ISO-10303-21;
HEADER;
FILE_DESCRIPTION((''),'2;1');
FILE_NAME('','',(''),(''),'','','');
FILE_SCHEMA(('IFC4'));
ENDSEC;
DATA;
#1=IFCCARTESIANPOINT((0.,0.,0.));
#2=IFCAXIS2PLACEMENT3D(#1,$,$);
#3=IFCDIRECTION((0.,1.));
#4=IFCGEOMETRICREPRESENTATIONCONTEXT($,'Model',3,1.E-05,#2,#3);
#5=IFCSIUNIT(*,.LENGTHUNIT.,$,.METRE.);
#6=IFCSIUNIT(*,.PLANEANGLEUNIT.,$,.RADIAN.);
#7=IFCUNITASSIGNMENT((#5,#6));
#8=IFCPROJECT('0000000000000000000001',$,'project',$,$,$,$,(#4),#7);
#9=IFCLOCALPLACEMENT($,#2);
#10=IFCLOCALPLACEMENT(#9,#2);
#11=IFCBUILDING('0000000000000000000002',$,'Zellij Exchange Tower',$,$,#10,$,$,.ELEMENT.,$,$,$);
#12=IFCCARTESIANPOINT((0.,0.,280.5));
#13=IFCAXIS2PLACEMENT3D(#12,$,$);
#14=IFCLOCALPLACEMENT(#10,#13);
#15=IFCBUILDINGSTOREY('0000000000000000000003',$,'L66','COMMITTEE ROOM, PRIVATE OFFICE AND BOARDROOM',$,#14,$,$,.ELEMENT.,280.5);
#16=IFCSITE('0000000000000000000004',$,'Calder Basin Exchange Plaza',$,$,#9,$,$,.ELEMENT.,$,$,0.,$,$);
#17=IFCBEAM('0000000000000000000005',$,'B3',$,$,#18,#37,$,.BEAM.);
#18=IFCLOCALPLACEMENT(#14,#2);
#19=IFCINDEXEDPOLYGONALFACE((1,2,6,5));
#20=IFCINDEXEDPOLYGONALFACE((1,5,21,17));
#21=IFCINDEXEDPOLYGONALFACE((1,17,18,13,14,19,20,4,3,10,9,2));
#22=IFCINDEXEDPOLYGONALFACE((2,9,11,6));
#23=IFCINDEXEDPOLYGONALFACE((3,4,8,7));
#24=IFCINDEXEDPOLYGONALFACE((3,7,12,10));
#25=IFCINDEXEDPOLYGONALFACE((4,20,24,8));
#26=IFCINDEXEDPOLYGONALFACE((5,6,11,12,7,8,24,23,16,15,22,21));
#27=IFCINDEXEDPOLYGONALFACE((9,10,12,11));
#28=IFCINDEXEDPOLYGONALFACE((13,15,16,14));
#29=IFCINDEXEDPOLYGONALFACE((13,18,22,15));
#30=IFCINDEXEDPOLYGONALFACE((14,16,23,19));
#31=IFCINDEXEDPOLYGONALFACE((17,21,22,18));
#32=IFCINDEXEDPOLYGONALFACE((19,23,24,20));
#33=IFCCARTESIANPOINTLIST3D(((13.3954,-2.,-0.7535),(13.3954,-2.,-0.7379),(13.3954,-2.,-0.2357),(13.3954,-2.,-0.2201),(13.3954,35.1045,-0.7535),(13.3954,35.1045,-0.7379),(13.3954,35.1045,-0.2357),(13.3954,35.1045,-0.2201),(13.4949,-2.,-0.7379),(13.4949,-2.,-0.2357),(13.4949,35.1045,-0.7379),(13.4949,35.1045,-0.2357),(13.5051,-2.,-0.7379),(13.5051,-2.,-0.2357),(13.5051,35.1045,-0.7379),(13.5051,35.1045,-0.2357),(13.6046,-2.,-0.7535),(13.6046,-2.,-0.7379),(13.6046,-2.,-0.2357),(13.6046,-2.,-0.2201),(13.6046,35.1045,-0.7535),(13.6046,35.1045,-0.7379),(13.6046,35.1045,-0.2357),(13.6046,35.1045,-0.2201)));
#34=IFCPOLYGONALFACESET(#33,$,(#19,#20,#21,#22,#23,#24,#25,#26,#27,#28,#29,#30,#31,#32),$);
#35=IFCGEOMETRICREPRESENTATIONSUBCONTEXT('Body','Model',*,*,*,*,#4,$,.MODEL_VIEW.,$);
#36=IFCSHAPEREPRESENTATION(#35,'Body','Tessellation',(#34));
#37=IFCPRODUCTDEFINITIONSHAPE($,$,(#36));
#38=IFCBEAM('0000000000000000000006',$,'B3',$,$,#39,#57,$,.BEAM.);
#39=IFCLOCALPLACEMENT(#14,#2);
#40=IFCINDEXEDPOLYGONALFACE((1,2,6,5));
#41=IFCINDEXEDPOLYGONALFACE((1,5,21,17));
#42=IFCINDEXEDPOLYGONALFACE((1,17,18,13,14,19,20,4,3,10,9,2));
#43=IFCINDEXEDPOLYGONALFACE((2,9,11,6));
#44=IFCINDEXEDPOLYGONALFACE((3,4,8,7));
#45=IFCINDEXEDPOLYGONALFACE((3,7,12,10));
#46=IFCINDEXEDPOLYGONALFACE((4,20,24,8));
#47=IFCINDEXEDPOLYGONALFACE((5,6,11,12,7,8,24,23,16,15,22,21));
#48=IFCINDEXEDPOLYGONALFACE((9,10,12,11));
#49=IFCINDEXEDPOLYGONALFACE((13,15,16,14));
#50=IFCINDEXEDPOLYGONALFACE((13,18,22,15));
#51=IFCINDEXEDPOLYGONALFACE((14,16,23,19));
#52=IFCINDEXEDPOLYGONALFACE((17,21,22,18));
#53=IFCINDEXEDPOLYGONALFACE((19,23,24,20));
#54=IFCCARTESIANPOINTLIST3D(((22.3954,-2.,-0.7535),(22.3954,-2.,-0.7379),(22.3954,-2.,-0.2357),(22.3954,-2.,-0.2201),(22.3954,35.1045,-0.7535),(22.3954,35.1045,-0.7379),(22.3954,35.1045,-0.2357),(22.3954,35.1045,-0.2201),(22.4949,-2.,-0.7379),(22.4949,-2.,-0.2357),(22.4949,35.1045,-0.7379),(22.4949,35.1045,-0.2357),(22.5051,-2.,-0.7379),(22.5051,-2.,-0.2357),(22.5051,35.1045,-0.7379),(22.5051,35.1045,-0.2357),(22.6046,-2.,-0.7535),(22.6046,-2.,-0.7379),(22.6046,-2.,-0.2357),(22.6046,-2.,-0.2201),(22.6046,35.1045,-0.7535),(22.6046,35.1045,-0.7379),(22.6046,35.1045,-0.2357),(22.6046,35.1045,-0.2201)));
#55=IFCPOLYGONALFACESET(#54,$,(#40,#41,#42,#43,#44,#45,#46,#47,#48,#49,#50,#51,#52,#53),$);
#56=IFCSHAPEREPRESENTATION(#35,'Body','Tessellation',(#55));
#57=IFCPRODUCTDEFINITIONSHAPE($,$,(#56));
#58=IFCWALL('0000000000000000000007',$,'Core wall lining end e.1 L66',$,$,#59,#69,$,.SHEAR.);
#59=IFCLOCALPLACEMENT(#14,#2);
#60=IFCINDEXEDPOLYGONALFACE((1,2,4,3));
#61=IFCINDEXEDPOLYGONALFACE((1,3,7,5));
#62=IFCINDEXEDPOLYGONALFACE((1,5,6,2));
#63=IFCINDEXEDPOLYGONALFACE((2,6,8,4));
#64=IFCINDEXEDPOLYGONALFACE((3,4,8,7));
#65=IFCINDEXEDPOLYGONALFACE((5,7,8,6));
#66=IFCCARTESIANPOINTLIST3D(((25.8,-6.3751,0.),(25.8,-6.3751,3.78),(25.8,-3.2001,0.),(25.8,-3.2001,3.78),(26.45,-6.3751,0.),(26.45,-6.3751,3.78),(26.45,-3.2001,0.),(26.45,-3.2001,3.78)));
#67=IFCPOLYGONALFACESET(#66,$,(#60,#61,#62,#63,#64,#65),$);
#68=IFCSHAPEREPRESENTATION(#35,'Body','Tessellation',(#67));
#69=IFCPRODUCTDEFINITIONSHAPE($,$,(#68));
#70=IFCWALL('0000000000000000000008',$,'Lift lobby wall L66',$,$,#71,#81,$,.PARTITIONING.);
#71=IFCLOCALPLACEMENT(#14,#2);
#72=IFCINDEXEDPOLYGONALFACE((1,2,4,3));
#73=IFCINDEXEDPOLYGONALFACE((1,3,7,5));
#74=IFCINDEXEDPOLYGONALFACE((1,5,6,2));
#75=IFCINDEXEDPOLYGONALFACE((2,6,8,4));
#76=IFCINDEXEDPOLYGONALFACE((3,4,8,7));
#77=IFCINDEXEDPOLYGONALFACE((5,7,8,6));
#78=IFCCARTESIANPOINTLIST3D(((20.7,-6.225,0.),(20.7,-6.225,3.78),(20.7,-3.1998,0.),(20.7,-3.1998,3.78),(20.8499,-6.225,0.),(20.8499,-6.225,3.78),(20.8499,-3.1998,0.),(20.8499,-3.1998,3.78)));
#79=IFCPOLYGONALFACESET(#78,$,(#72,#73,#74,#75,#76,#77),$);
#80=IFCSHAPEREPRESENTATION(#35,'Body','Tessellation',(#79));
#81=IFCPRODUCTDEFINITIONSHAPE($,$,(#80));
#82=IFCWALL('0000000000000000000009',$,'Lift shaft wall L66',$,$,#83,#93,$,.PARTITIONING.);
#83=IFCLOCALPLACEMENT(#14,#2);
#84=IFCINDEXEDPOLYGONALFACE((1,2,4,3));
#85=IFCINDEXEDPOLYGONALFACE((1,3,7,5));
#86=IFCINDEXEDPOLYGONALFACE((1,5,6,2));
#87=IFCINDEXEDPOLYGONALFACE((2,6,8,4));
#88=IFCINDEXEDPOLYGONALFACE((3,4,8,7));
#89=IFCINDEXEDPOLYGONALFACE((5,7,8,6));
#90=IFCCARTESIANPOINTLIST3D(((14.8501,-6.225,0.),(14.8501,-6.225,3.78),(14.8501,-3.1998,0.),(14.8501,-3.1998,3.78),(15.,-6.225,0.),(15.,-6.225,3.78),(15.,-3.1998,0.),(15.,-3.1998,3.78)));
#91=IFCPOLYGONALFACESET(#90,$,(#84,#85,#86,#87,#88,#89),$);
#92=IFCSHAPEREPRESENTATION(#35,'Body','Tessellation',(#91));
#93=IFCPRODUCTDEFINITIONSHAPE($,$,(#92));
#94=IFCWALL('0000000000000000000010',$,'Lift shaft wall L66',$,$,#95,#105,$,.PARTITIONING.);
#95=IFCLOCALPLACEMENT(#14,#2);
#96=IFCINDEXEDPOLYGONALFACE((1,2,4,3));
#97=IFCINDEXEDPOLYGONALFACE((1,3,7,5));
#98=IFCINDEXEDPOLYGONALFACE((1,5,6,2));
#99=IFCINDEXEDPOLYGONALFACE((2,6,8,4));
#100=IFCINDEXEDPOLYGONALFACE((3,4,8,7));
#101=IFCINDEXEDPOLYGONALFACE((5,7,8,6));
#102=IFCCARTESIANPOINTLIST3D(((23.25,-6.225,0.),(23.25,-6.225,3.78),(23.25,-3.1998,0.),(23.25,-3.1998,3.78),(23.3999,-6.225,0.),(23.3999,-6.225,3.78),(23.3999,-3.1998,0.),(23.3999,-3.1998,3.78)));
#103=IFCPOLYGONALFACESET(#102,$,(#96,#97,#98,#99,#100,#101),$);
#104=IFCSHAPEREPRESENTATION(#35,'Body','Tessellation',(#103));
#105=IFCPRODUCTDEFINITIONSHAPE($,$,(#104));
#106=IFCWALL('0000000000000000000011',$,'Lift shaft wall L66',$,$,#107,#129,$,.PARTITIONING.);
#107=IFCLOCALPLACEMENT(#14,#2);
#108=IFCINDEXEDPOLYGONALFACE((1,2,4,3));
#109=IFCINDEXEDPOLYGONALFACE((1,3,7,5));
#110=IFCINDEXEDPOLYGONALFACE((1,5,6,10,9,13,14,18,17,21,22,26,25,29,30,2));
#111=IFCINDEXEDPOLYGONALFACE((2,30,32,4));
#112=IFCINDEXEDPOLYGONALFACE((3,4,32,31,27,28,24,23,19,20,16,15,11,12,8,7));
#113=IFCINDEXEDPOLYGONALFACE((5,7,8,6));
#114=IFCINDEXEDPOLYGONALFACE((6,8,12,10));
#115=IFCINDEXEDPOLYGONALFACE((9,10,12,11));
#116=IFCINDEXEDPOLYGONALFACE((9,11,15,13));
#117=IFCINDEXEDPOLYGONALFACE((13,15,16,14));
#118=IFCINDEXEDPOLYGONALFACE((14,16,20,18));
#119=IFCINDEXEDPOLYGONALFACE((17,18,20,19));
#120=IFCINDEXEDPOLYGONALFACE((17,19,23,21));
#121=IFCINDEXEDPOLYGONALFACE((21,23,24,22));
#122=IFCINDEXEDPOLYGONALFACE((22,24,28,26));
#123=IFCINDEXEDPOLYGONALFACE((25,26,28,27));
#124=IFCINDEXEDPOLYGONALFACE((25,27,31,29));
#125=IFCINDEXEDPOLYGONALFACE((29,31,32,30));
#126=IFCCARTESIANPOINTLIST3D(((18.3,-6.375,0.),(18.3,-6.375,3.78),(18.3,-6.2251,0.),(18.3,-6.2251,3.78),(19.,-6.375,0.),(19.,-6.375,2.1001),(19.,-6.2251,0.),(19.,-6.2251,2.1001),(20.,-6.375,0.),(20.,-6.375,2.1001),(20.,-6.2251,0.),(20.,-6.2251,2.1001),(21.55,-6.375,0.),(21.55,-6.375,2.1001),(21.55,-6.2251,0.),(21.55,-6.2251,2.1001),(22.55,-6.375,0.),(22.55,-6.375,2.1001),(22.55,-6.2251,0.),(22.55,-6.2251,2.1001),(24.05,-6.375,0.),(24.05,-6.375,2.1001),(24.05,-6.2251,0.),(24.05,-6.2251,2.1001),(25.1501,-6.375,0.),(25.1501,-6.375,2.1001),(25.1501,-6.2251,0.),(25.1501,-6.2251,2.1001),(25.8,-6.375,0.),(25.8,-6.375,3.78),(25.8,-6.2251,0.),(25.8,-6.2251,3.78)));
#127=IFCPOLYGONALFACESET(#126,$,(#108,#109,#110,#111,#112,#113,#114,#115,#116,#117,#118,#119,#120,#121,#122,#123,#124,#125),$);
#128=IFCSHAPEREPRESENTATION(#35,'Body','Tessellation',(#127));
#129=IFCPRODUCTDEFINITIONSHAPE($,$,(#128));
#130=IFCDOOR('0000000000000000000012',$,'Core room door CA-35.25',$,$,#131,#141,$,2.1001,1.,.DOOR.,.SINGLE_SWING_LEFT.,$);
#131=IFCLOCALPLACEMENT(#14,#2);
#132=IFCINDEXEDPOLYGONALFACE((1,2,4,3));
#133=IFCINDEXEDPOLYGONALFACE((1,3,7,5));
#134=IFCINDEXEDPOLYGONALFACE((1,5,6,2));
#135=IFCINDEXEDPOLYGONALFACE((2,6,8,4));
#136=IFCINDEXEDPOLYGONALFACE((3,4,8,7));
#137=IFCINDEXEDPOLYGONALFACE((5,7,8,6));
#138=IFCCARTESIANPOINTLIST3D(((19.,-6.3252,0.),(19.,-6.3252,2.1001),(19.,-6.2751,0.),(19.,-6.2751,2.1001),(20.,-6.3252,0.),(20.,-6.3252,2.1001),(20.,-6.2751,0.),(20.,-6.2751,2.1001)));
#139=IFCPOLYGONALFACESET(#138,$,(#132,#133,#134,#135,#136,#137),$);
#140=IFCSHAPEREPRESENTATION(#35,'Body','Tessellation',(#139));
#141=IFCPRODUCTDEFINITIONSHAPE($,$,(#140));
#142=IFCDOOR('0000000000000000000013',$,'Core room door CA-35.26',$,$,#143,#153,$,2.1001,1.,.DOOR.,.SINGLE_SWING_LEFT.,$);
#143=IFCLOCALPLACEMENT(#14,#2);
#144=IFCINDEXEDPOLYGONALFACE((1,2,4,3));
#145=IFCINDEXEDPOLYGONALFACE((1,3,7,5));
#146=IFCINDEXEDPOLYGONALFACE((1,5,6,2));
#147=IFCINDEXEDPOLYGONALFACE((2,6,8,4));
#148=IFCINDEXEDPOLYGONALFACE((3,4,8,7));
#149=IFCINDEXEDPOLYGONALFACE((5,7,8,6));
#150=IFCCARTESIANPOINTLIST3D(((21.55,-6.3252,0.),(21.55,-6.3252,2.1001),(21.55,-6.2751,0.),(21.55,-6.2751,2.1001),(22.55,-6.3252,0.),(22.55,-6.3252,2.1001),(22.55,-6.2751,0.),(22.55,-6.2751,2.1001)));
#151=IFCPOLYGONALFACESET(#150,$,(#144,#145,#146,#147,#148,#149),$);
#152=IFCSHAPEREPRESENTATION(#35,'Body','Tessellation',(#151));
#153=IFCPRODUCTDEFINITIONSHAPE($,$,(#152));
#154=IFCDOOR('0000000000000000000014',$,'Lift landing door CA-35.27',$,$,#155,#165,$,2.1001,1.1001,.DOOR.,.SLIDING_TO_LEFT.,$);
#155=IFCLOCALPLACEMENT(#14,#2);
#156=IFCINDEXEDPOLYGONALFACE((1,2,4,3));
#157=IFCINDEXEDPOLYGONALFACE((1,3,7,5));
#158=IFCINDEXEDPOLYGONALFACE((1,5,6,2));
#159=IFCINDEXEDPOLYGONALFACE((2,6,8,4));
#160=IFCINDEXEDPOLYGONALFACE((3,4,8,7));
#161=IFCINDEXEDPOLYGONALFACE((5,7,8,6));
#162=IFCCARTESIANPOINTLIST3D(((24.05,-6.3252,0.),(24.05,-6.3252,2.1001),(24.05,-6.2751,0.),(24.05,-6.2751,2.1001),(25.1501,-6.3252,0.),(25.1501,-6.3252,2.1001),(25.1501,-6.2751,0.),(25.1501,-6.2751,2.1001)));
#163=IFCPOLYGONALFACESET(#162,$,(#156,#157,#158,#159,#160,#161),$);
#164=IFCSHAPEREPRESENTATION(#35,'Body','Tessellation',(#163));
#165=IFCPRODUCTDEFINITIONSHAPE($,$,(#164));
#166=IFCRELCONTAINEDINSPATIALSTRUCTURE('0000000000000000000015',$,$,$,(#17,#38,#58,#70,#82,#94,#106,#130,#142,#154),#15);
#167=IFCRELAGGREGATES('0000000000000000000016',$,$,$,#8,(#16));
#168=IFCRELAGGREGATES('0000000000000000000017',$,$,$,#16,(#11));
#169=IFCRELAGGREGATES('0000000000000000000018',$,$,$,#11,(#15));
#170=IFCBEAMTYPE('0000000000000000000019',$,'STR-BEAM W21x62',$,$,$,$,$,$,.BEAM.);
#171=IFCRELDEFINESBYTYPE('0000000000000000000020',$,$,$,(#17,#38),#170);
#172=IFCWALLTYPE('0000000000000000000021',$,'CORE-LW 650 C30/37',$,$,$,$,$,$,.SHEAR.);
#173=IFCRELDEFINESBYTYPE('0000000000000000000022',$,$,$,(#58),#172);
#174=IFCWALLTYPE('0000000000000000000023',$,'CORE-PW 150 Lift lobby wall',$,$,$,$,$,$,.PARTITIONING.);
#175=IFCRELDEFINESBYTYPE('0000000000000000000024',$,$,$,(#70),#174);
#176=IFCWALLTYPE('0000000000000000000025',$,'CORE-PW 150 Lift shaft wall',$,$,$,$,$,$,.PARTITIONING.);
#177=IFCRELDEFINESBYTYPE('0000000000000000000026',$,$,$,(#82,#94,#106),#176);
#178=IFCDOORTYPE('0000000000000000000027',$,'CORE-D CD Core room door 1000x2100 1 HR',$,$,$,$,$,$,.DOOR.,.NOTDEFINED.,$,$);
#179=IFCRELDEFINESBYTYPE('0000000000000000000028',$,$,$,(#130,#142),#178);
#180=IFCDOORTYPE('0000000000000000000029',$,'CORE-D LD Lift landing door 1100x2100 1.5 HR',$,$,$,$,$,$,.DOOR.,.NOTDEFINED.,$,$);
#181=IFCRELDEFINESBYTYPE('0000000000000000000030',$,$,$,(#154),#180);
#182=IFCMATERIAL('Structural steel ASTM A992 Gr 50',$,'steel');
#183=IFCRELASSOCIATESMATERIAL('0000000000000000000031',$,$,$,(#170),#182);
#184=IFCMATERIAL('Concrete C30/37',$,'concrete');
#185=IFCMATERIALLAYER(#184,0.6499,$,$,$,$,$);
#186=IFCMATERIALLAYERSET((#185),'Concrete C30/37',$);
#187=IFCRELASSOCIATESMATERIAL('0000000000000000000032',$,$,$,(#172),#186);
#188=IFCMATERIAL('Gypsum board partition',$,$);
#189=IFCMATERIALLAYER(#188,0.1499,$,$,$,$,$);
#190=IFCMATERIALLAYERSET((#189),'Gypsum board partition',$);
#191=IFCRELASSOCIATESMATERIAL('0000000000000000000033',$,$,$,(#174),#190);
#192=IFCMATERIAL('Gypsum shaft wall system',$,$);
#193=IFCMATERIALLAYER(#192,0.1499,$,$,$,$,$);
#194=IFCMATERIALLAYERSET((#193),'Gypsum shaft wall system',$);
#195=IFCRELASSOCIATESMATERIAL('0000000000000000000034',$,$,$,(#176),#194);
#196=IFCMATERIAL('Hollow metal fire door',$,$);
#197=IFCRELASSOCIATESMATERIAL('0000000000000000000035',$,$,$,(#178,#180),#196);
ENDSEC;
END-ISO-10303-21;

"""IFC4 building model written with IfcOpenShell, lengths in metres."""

from ifc_helpers import new_model, si_unit, direction, frame, frame_2d, origin, origin_2d, place, context, subcontext, project, spatial, rectangle, i_section, extrude, material, layer, layer_set, material_profile, profile_set, type_object, element, fill, save


model = new_model("IFC4")

# Units and contexts
model_context = context("Model", 3, precision=1e-05, world=origin(), true_north=direction((0.0, 1.0)))
body_context = subcontext(model_context, "Body", "Model", "MODEL_VIEW")
ifc_project = project(units=[si_unit("LENGTHUNIT", "METRE"), si_unit("PLANEANGLEUNIT", "RADIAN")], contexts=[model_context])

# Site, building, storey
site_placement = place(None, origin())
site = spatial("IfcSite", under=ifc_project, at=site_placement, Name="Calder Basin Exchange Plaza", CompositionType="ELEMENT", RefElevation=0.0)
building_placement = place(site_placement, origin())
building = spatial("IfcBuilding", under=site, at=building_placement, Name="Zellij Exchange Tower", CompositionType="ELEMENT")
storey_placement = place(building_placement, frame((0.0, 0.0, 280.5)))
storey = spatial("IfcBuildingStorey", under=building, at=storey_placement, Name="L66", Description="COMMITTEE ROOM, PRIVATE OFFICE AND BOARDROOM", CompositionType="ELEMENT", Elevation=280.5)

# Beams
ifc_material_1 = material(Name="Structural steel ASTM A992 Gr 50", Category="steel")
ifc_material_profile = material_profile(ifc_material_1, i_section(OverallWidth=0.2092, OverallDepth=0.5334, WebThickness=0.0103, FlangeThickness=0.0156, at=origin_2d()), Name="W21x62")
ifc_profile_set = profile_set([ifc_material_profile], Name="Structural steel ASTM A992 Gr 50")
beam_type = type_object("IfcBeamType", Name="STR-BEAM W21x62", PredefinedType="BEAM", material=ifc_profile_set)
for number, where, z_axis, x_axis, name in (
    (1, (13.5, -2.0, -0.4868), (0.0, 1.0, 0.0), (-1.0, 0.0, 0.0), "B3"),
    (2, (22.5, -2.0, -0.4868), (0.0, 1.0, 0.0), (-1.0, 0.0, 0.0), "B3"),
):
    element("IfcBeam", number, at=place(storey_placement, frame(where, z_axis=z_axis, x_axis=x_axis)), inside=storey, type_object=beam_type, Name=name, PredefinedType="BEAM", context=body_context, shape_type="SweptSolid", body=[
        extrude(i_section(OverallWidth=0.2092, OverallDepth=0.5334, WebThickness=0.0103, FlangeThickness=0.0156, at=origin_2d()), origin(), (0.0, 0.0, 1.0), 37.1045),
    ])

# Walls
ifc_material_2 = material(Name="Concrete C30/37", Category="concrete")
ifc_layer_1 = layer(ifc_material_2, 0.6499)
ifc_layer_set_1 = layer_set([ifc_layer_1], Name="Concrete C30/37")
wall_type_1 = type_object("IfcWallType", Name="CORE-LW 650 C30/37", PredefinedType="SHEAR", material=ifc_layer_set_1)
wall_1_placement = place(storey_placement, frame((26.125, -6.375, 0.0), z_axis=(0.0, 0.0, 1.0), x_axis=(0.0, 1.0, 0.0)))
element("IfcWall", 3, at=wall_1_placement, inside=storey, type_object=wall_type_1, Name="Core wall lining end e.1 L66", PredefinedType="SHEAR", context=body_context, shape_type="SweptSolid", body=[
    extrude(rectangle(XDim=3.175, YDim=0.6499, at=frame_2d((1.5874, 0.0))), origin(), (0.0, 0.0, 1.0), 3.78),
])
ifc_material_3 = material(Name="Gypsum board partition")
ifc_layer_2 = layer(ifc_material_3, 0.1499)
ifc_layer_set_2 = layer_set([ifc_layer_2], Name="Gypsum board partition")
wall_type_2 = type_object("IfcWallType", Name="CORE-PW 150 Lift lobby wall", PredefinedType="PARTITIONING", material=ifc_layer_set_2)
wall_2_placement = place(storey_placement, frame((20.7749, -6.2251, 0.0), z_axis=(0.0, 0.0, 1.0), x_axis=(0.0, 1.0, 0.0)))
element("IfcWall", 4, at=wall_2_placement, inside=storey, type_object=wall_type_2, Name="Lift lobby wall L66", PredefinedType="PARTITIONING", context=body_context, shape_type="SweptSolid", body=[
    extrude(rectangle(XDim=3.0251, YDim=0.1499, at=frame_2d((1.5127, 0.0))), origin(), (0.0, 0.0, 1.0), 3.78),
])
ifc_material_4 = material(Name="Gypsum shaft wall system")
ifc_layer_3 = layer(ifc_material_4, 0.1499)
ifc_layer_set_3 = layer_set([ifc_layer_3], Name="Gypsum shaft wall system")
wall_type_3 = type_object("IfcWallType", Name="CORE-PW 150 Lift shaft wall", PredefinedType="PARTITIONING", material=ifc_layer_set_3)
for number, where, z_axis, x_axis, name in (
    (5, (14.925, -6.2251, 0.0), (0.0, 0.0, 1.0), (0.0, 1.0, 0.0), "Lift shaft wall L66"),
    (6, (23.325, -6.2251, 0.0), (0.0, 0.0, 1.0), (0.0, 1.0, 0.0), "Lift shaft wall L66"),
):
    element("IfcWall", number, at=place(storey_placement, frame(where, z_axis=z_axis, x_axis=x_axis)), inside=storey, type_object=wall_type_3, Name=name, PredefinedType="PARTITIONING", context=body_context, shape_type="SweptSolid", body=[
        extrude(rectangle(XDim=3.0251, YDim=0.1499, at=frame_2d((1.5127, 0.0))), origin(), (0.0, 0.0, 1.0), 3.78),
    ])

# Wall, openings, doors
wall_3_placement = place(storey_placement, frame((18.3, -6.3, 0.0), z_axis=(0.0, 0.0, 1.0), x_axis=(1.0, 0.0, 0.0)))
wall_3 = element("IfcWall", 7, at=wall_3_placement, inside=storey, type_object=wall_type_3, Name="Lift shaft wall L66", PredefinedType="PARTITIONING", context=body_context, shape_type="SweptSolid", body=[
    extrude(rectangle(XDim=7.5, YDim=0.1499, at=frame_2d((3.75, 0.0))), origin(), (0.0, 0.0, 1.0), 3.78),
])
opening_1_placement = place(wall_3_placement, frame((0.7, 0.0, 0.0)))
opening_1 = element("IfcOpeningElement", 8, at=opening_1_placement, cuts=wall_3, PredefinedType="OPENING", context=body_context, shape_type="SweptSolid", body=[
    extrude(rectangle(XDim=1.0, YDim=2.1001, at=frame_2d((0.5, 1.05))), frame((0.0, 0.0869, 0.0), z_axis=(0.0, -1.0, 0.0), x_axis=(1.0, 0.0, 0.0)), (0.0, 0.0, 1.0), 0.1738),
])
opening_2_placement = place(wall_3_placement, frame((3.25, 0.0, 0.0)))
opening_2 = element("IfcOpeningElement", 9, at=opening_2_placement, cuts=wall_3, PredefinedType="OPENING", context=body_context, shape_type="SweptSolid", body=[
    extrude(rectangle(XDim=1.0, YDim=2.1001, at=frame_2d((0.5, 1.05))), frame((0.0, 0.0869, 0.0), z_axis=(0.0, -1.0, 0.0), x_axis=(1.0, 0.0, 0.0)), (0.0, 0.0, 1.0), 0.1738),
])
opening_3_placement = place(wall_3_placement, frame((5.75, 0.0, 0.0)))
opening_3 = element("IfcOpeningElement", 10, at=opening_3_placement, cuts=wall_3, PredefinedType="OPENING", context=body_context, shape_type="SweptSolid", body=[
    extrude(rectangle(XDim=1.1001, YDim=2.1001, at=frame_2d((0.55, 1.05))), frame((0.0, 0.0869, 0.0), z_axis=(0.0, -1.0, 0.0), x_axis=(1.0, 0.0, 0.0)), (0.0, 0.0, 1.0), 0.1738),
])
ifc_material_5 = material(Name="Hollow metal fire door")
door_type_1 = type_object("IfcDoorType", Name="CORE-D CD Core room door 1000x2100 1 HR", OperationType="NOTDEFINED", PredefinedType="DOOR", material=ifc_material_5)
door_1_placement = place(opening_1_placement, origin())
door_1 = element("IfcDoor", 11, at=door_1_placement, inside=storey, type_object=door_type_1, Name="Core room door CA-35.25", OperationType="SINGLE_SWING_LEFT", OverallHeight=2.1001, OverallWidth=1.0, PredefinedType="DOOR", context=body_context, shape_type="SweptSolid", body=[
    extrude(rectangle(XDim=1.0, YDim=2.1001, at=frame_2d((0.5, 1.05))), frame((0.0, 0.0249, 0.0), z_axis=(0.0, -1.0, 0.0), x_axis=(1.0, 0.0, 0.0)), (0.0, 0.0, 1.0), 0.05),
])
fill(opening_1, door_1)
door_2_placement = place(opening_2_placement, origin())
door_2 = element("IfcDoor", 12, at=door_2_placement, inside=storey, type_object=door_type_1, Name="Core room door CA-35.26", OperationType="SINGLE_SWING_LEFT", OverallHeight=2.1001, OverallWidth=1.0, PredefinedType="DOOR", context=body_context, shape_type="SweptSolid", body=[
    extrude(rectangle(XDim=1.0, YDim=2.1001, at=frame_2d((0.5, 1.05))), frame((0.0, 0.0249, 0.0), z_axis=(0.0, -1.0, 0.0), x_axis=(1.0, 0.0, 0.0)), (0.0, 0.0, 1.0), 0.05),
])
fill(opening_2, door_2)
door_type_2 = type_object("IfcDoorType", Name="CORE-D LD Lift landing door 1100x2100 1.5 HR", OperationType="NOTDEFINED", PredefinedType="DOOR", material=ifc_material_5)
door_3_placement = place(opening_3_placement, origin())
door_3 = element("IfcDoor", 13, at=door_3_placement, inside=storey, type_object=door_type_2, Name="Lift landing door CA-35.27", OperationType="SLIDING_TO_LEFT", OverallHeight=2.1001, OverallWidth=1.1001, PredefinedType="DOOR", context=body_context, shape_type="SweptSolid", body=[
    extrude(rectangle(XDim=1.1001, YDim=2.1001, at=frame_2d((0.55, 1.05))), frame((0.0, 0.0249, 0.0), z_axis=(0.0, -1.0, 0.0), x_axis=(1.0, 0.0, 0.0)), (0.0, 0.0, 1.0), 0.05),
])
fill(opening_3, door_3)

save(model, "model.ifc")
